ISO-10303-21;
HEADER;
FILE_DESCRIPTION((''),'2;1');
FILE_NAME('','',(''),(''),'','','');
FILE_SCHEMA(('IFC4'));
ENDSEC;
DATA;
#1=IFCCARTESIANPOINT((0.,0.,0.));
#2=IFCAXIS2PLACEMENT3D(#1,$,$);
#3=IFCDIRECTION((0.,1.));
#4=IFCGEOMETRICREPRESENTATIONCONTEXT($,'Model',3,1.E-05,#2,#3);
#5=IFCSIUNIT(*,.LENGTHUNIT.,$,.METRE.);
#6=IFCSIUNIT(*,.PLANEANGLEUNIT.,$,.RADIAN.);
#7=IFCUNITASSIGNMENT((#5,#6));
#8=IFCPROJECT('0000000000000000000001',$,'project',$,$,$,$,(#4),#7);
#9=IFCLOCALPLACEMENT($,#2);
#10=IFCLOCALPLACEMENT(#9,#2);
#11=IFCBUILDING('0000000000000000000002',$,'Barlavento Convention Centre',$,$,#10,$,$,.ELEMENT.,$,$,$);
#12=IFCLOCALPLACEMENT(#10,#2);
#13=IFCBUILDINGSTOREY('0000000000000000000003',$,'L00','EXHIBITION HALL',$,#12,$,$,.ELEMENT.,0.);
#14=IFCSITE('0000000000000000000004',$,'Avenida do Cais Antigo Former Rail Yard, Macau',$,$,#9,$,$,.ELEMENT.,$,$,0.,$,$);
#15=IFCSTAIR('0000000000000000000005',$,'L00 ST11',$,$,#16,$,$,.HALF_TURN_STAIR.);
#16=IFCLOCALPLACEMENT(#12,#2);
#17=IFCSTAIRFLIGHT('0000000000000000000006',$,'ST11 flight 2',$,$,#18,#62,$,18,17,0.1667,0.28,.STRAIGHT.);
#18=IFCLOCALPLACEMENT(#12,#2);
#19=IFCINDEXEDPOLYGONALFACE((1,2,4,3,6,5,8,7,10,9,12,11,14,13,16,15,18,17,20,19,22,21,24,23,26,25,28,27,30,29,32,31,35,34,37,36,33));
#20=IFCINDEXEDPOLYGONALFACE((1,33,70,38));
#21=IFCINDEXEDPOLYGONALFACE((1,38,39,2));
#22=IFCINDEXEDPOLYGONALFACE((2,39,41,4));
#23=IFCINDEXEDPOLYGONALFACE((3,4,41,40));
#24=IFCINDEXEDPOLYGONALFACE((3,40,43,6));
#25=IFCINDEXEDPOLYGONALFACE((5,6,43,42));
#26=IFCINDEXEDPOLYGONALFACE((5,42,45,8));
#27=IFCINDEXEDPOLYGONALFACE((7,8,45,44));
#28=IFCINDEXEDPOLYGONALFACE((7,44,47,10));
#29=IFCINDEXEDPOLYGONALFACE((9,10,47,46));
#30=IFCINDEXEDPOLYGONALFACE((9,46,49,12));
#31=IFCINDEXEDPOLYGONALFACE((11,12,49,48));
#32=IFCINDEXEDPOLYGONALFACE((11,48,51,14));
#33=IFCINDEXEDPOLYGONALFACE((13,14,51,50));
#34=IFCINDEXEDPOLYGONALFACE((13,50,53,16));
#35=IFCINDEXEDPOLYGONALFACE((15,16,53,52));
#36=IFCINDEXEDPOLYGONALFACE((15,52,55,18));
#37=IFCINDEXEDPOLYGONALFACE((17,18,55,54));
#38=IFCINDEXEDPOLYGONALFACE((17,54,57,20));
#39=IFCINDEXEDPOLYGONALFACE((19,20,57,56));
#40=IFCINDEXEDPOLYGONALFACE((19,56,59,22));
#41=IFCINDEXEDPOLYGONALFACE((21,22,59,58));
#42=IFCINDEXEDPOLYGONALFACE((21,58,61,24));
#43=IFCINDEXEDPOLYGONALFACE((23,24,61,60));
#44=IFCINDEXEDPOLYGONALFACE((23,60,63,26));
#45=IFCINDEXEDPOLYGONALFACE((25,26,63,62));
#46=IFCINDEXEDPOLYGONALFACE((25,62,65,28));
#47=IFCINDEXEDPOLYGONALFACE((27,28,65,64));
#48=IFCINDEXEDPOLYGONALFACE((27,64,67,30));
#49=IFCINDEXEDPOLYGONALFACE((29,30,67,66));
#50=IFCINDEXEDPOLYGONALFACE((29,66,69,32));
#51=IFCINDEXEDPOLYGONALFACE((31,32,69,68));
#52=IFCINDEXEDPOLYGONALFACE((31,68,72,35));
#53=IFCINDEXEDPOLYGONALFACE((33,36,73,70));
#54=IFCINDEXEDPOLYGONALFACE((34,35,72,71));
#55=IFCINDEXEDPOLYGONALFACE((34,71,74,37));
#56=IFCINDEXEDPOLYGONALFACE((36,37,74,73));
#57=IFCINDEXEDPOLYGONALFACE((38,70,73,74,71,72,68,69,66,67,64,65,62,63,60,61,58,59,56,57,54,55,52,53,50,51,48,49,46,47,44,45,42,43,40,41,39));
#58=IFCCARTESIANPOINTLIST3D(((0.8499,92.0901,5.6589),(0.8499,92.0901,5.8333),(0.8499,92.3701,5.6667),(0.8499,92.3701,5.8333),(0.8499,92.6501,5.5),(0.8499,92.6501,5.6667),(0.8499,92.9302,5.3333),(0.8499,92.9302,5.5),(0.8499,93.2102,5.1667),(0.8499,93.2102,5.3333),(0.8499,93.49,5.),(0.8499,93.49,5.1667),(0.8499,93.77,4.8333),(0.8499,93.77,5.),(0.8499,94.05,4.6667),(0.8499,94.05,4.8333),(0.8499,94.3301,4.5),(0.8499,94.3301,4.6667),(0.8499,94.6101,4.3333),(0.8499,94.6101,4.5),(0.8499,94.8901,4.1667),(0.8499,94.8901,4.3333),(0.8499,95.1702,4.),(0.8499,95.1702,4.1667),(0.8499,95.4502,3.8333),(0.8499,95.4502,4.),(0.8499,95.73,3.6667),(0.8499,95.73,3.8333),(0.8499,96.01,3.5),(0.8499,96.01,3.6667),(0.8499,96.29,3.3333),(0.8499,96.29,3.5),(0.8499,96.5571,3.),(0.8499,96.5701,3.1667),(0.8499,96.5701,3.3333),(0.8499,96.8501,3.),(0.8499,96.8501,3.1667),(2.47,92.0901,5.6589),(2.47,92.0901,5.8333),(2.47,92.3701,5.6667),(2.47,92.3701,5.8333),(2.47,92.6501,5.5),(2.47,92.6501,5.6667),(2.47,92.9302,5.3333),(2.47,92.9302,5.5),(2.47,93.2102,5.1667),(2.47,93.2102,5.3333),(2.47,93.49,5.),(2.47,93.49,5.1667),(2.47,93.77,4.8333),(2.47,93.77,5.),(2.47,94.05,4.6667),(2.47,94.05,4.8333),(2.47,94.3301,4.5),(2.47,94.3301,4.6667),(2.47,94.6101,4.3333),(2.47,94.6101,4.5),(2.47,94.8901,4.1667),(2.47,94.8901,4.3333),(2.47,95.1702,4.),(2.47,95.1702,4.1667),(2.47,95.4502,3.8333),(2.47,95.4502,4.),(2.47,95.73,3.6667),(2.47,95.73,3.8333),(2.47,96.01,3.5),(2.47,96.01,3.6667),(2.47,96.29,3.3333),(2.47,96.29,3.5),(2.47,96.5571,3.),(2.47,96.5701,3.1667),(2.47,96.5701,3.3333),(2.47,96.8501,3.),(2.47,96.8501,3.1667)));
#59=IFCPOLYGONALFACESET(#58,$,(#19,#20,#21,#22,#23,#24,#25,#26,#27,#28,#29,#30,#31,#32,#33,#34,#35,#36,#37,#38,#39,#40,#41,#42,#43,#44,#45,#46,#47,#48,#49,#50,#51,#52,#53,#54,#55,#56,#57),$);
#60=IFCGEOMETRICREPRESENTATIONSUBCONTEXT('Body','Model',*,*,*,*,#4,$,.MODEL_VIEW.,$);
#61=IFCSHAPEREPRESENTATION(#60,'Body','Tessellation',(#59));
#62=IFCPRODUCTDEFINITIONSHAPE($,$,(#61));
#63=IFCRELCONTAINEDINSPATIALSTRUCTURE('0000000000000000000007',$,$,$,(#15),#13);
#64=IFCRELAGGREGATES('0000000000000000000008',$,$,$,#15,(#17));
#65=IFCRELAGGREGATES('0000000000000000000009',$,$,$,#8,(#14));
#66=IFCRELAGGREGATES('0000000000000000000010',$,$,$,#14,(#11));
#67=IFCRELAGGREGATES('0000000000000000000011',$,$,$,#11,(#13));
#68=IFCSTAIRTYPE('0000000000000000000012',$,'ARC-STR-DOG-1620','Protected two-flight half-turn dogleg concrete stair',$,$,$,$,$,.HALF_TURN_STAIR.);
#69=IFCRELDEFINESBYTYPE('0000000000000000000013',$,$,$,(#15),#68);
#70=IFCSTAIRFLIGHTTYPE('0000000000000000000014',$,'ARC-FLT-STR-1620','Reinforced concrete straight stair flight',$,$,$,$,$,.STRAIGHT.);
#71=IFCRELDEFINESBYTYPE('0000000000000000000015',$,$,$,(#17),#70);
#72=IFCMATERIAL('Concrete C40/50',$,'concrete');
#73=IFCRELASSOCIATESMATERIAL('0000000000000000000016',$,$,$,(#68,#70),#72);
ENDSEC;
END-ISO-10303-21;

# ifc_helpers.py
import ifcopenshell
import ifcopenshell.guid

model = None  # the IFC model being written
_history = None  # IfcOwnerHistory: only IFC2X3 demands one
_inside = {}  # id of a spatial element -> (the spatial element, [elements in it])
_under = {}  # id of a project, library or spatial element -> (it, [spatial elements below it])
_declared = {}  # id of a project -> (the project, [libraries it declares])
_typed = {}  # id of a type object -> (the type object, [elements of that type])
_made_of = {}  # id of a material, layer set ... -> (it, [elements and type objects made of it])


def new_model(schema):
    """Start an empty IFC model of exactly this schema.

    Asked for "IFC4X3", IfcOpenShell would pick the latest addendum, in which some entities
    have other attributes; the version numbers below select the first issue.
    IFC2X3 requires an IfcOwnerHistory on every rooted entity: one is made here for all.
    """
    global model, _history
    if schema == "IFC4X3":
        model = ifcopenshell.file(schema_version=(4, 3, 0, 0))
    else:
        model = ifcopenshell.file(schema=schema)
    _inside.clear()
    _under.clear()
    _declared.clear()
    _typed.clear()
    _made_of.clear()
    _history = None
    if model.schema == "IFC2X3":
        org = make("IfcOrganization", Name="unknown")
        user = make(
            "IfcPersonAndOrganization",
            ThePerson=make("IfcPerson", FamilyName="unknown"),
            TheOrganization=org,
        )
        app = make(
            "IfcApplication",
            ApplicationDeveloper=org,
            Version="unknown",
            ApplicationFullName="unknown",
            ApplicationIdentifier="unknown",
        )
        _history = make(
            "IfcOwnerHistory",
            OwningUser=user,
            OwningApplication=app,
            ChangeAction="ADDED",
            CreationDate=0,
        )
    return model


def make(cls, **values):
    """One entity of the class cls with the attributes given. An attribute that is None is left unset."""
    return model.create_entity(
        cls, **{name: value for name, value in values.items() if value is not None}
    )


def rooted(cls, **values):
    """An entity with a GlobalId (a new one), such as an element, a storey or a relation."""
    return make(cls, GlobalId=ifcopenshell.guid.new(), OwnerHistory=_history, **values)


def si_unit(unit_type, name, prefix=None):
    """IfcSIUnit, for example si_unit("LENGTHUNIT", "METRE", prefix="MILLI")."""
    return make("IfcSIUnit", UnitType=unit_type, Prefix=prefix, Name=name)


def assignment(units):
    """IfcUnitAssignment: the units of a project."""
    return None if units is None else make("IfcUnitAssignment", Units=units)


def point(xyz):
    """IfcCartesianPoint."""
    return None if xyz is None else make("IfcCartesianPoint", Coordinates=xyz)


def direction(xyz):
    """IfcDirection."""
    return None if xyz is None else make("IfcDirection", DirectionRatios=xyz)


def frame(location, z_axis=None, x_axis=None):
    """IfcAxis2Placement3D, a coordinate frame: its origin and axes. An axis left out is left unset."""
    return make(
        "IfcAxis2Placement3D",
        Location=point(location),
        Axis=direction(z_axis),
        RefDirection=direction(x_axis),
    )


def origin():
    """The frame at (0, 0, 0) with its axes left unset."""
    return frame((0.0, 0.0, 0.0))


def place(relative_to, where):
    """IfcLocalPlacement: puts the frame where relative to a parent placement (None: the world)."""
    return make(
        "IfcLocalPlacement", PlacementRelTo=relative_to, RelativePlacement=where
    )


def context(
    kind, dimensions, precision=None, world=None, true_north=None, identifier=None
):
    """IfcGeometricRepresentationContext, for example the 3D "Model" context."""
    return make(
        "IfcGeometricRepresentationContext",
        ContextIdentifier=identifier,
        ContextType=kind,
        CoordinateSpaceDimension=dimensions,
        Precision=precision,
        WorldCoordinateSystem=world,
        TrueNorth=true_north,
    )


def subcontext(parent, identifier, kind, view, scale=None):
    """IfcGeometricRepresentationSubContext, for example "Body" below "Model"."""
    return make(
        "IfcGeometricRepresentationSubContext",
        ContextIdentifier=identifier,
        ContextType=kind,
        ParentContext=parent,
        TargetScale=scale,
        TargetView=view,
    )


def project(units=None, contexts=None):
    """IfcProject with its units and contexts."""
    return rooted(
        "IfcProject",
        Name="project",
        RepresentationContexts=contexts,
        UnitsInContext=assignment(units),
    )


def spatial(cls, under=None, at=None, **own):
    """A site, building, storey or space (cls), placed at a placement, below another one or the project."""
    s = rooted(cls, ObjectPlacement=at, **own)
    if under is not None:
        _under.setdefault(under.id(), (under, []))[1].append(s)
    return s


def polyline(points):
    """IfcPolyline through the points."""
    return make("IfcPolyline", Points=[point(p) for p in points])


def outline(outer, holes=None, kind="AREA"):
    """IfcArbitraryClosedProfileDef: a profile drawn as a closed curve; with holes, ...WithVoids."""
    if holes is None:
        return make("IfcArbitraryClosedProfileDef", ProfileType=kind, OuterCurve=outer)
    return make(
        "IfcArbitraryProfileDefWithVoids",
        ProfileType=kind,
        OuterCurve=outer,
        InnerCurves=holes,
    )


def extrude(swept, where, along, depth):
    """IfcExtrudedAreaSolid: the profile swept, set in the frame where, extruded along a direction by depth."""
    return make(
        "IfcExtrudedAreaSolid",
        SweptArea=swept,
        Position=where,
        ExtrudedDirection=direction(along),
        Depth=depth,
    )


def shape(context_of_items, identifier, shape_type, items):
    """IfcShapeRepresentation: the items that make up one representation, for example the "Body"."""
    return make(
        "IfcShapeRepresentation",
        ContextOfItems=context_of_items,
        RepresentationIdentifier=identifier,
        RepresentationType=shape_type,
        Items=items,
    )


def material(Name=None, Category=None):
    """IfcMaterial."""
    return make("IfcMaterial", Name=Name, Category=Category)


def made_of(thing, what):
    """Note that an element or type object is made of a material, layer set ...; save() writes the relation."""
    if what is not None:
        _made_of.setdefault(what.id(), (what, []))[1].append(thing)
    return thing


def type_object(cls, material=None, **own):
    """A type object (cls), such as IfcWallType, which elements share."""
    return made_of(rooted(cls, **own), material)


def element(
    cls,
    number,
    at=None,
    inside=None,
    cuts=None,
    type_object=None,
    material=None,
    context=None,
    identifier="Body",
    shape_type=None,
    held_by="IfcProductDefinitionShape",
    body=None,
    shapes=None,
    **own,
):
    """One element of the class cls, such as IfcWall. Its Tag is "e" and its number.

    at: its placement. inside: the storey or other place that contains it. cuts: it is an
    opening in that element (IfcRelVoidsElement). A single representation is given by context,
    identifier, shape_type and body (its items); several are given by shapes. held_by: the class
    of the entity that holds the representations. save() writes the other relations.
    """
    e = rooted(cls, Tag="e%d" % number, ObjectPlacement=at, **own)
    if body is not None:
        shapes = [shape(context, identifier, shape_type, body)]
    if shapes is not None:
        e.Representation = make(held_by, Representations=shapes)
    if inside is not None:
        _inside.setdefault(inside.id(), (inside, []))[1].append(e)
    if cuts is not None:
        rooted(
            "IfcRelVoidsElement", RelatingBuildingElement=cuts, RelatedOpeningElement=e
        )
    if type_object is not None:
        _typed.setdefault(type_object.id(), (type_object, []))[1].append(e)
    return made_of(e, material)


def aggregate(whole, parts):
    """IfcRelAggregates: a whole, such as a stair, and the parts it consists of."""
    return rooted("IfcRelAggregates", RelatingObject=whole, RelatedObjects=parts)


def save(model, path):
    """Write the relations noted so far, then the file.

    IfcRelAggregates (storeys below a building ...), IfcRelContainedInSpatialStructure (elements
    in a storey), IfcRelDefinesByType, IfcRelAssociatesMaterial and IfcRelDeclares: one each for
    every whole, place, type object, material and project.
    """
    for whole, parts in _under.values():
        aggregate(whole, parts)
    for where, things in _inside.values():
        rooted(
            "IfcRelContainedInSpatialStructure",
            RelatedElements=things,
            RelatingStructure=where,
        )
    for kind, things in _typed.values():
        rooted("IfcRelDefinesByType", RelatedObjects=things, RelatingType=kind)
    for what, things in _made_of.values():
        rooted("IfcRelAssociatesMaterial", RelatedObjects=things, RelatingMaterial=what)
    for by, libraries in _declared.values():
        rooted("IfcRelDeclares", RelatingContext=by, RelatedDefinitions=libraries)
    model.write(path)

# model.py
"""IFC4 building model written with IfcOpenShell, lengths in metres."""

from ifc_helpers import new_model, si_unit, direction, frame, origin, place, context, subcontext, project, spatial, polyline, outline, extrude, material, type_object, element, aggregate, save


model = new_model("IFC4")

# Units and contexts
model_context = context("Model", 3, precision=1e-05, world=origin(), true_north=direction((0.0, 1.0)))
body_context = subcontext(model_context, "Body", "Model", "MODEL_VIEW")
ifc_project = project(units=[si_unit("LENGTHUNIT", "METRE"), si_unit("PLANEANGLEUNIT", "RADIAN")], contexts=[model_context])

# Site, building, storey
site_placement = place(None, origin())
site = spatial("IfcSite", under=ifc_project, at=site_placement, Name="Avenida do Cais Antigo Former Rail Yard, Macau", CompositionType="ELEMENT", RefElevation=0.0)
building_placement = place(site_placement, origin())
building = spatial("IfcBuilding", under=site, at=building_placement, Name="Barlavento Convention Centre", CompositionType="ELEMENT")
storey_placement = place(building_placement, origin())
storey = spatial("IfcBuildingStorey", under=building, at=storey_placement, Name="L00", Description="EXHIBITION HALL", CompositionType="ELEMENT", Elevation=0.0)

# Stair, stair flight
ifc_material_1 = material(Name="Concrete C40/50", Category="concrete")
stair_type = type_object("IfcStairType", Name="ARC-STR-DOG-1620", Description="Protected two-flight half-turn dogleg concrete stair", PredefinedType="HALF_TURN_STAIR", material=ifc_material_1)
stair_placement = place(storey_placement, origin())
stair = element("IfcStair", 1, at=stair_placement, inside=storey, type_object=stair_type, Name="L00 ST11", PredefinedType="HALF_TURN_STAIR")
stair_flight_type = type_object("IfcStairFlightType", Name="ARC-FLT-STR-1620", Description="Reinforced concrete straight stair flight", PredefinedType="STRAIGHT", material=ifc_material_1)
stair_flight_1_placement = place(storey_placement, frame((1.6599, 96.8501, 3.0), z_axis=(0.0, 0.0, 1.0), x_axis=(0.0, -1.0, 0.0)))
stair_flight_1 = element("IfcStairFlight", 2, at=stair_flight_1_placement, type_object=stair_flight_type, Name="ST11 flight 2", NumberOfRisers=18, NumberOfTreads=17, PredefinedType="STRAIGHT", RiserHeight=0.1667, TreadLength=0.28, context=body_context, shape_type="SweptSolid", body=[
    extrude(outline(polyline([(0.0, 0.0), (0.0, 0.1667), (0.28, 0.1667), (0.28, 0.3333), (0.5601, 0.3333), (0.5601, 0.5), (0.8401, 0.5), (0.8401, 0.6667), (1.1201, 0.6667), (1.1201, 0.8333), (1.3999, 0.8333), (1.3999, 1.0), (1.6799, 1.0), (1.6799, 1.1667), (1.96, 1.1667), (1.96, 1.3333), (2.24, 1.3333), (2.24, 1.5), (2.52, 1.5), (2.52, 1.6667), (2.8, 1.6667), (2.8, 1.8333), (3.0801, 1.8333), (3.0801, 2.0), (3.3601, 2.0), (3.3601, 2.1667), (3.6399, 2.1667), (3.6399, 2.3333), (3.9199, 2.3333), (3.9199, 2.5), (4.2, 2.5), (4.2, 2.6667), (4.48, 2.6667), (4.48, 2.8333), (4.76, 2.8333), (4.76, 3.0), (4.76, 2.6589), (0.293, 0.0), (0.0, 0.0)])), frame((0.0, 0.8101, 0.0), z_axis=(0.0, -1.0, 0.0), x_axis=(1.0, 0.0, 0.0)), (0.0, 0.0, 1.0), 1.6201),
])
aggregate(stair, [stair_flight_1])

save(model, "model.ifc")
